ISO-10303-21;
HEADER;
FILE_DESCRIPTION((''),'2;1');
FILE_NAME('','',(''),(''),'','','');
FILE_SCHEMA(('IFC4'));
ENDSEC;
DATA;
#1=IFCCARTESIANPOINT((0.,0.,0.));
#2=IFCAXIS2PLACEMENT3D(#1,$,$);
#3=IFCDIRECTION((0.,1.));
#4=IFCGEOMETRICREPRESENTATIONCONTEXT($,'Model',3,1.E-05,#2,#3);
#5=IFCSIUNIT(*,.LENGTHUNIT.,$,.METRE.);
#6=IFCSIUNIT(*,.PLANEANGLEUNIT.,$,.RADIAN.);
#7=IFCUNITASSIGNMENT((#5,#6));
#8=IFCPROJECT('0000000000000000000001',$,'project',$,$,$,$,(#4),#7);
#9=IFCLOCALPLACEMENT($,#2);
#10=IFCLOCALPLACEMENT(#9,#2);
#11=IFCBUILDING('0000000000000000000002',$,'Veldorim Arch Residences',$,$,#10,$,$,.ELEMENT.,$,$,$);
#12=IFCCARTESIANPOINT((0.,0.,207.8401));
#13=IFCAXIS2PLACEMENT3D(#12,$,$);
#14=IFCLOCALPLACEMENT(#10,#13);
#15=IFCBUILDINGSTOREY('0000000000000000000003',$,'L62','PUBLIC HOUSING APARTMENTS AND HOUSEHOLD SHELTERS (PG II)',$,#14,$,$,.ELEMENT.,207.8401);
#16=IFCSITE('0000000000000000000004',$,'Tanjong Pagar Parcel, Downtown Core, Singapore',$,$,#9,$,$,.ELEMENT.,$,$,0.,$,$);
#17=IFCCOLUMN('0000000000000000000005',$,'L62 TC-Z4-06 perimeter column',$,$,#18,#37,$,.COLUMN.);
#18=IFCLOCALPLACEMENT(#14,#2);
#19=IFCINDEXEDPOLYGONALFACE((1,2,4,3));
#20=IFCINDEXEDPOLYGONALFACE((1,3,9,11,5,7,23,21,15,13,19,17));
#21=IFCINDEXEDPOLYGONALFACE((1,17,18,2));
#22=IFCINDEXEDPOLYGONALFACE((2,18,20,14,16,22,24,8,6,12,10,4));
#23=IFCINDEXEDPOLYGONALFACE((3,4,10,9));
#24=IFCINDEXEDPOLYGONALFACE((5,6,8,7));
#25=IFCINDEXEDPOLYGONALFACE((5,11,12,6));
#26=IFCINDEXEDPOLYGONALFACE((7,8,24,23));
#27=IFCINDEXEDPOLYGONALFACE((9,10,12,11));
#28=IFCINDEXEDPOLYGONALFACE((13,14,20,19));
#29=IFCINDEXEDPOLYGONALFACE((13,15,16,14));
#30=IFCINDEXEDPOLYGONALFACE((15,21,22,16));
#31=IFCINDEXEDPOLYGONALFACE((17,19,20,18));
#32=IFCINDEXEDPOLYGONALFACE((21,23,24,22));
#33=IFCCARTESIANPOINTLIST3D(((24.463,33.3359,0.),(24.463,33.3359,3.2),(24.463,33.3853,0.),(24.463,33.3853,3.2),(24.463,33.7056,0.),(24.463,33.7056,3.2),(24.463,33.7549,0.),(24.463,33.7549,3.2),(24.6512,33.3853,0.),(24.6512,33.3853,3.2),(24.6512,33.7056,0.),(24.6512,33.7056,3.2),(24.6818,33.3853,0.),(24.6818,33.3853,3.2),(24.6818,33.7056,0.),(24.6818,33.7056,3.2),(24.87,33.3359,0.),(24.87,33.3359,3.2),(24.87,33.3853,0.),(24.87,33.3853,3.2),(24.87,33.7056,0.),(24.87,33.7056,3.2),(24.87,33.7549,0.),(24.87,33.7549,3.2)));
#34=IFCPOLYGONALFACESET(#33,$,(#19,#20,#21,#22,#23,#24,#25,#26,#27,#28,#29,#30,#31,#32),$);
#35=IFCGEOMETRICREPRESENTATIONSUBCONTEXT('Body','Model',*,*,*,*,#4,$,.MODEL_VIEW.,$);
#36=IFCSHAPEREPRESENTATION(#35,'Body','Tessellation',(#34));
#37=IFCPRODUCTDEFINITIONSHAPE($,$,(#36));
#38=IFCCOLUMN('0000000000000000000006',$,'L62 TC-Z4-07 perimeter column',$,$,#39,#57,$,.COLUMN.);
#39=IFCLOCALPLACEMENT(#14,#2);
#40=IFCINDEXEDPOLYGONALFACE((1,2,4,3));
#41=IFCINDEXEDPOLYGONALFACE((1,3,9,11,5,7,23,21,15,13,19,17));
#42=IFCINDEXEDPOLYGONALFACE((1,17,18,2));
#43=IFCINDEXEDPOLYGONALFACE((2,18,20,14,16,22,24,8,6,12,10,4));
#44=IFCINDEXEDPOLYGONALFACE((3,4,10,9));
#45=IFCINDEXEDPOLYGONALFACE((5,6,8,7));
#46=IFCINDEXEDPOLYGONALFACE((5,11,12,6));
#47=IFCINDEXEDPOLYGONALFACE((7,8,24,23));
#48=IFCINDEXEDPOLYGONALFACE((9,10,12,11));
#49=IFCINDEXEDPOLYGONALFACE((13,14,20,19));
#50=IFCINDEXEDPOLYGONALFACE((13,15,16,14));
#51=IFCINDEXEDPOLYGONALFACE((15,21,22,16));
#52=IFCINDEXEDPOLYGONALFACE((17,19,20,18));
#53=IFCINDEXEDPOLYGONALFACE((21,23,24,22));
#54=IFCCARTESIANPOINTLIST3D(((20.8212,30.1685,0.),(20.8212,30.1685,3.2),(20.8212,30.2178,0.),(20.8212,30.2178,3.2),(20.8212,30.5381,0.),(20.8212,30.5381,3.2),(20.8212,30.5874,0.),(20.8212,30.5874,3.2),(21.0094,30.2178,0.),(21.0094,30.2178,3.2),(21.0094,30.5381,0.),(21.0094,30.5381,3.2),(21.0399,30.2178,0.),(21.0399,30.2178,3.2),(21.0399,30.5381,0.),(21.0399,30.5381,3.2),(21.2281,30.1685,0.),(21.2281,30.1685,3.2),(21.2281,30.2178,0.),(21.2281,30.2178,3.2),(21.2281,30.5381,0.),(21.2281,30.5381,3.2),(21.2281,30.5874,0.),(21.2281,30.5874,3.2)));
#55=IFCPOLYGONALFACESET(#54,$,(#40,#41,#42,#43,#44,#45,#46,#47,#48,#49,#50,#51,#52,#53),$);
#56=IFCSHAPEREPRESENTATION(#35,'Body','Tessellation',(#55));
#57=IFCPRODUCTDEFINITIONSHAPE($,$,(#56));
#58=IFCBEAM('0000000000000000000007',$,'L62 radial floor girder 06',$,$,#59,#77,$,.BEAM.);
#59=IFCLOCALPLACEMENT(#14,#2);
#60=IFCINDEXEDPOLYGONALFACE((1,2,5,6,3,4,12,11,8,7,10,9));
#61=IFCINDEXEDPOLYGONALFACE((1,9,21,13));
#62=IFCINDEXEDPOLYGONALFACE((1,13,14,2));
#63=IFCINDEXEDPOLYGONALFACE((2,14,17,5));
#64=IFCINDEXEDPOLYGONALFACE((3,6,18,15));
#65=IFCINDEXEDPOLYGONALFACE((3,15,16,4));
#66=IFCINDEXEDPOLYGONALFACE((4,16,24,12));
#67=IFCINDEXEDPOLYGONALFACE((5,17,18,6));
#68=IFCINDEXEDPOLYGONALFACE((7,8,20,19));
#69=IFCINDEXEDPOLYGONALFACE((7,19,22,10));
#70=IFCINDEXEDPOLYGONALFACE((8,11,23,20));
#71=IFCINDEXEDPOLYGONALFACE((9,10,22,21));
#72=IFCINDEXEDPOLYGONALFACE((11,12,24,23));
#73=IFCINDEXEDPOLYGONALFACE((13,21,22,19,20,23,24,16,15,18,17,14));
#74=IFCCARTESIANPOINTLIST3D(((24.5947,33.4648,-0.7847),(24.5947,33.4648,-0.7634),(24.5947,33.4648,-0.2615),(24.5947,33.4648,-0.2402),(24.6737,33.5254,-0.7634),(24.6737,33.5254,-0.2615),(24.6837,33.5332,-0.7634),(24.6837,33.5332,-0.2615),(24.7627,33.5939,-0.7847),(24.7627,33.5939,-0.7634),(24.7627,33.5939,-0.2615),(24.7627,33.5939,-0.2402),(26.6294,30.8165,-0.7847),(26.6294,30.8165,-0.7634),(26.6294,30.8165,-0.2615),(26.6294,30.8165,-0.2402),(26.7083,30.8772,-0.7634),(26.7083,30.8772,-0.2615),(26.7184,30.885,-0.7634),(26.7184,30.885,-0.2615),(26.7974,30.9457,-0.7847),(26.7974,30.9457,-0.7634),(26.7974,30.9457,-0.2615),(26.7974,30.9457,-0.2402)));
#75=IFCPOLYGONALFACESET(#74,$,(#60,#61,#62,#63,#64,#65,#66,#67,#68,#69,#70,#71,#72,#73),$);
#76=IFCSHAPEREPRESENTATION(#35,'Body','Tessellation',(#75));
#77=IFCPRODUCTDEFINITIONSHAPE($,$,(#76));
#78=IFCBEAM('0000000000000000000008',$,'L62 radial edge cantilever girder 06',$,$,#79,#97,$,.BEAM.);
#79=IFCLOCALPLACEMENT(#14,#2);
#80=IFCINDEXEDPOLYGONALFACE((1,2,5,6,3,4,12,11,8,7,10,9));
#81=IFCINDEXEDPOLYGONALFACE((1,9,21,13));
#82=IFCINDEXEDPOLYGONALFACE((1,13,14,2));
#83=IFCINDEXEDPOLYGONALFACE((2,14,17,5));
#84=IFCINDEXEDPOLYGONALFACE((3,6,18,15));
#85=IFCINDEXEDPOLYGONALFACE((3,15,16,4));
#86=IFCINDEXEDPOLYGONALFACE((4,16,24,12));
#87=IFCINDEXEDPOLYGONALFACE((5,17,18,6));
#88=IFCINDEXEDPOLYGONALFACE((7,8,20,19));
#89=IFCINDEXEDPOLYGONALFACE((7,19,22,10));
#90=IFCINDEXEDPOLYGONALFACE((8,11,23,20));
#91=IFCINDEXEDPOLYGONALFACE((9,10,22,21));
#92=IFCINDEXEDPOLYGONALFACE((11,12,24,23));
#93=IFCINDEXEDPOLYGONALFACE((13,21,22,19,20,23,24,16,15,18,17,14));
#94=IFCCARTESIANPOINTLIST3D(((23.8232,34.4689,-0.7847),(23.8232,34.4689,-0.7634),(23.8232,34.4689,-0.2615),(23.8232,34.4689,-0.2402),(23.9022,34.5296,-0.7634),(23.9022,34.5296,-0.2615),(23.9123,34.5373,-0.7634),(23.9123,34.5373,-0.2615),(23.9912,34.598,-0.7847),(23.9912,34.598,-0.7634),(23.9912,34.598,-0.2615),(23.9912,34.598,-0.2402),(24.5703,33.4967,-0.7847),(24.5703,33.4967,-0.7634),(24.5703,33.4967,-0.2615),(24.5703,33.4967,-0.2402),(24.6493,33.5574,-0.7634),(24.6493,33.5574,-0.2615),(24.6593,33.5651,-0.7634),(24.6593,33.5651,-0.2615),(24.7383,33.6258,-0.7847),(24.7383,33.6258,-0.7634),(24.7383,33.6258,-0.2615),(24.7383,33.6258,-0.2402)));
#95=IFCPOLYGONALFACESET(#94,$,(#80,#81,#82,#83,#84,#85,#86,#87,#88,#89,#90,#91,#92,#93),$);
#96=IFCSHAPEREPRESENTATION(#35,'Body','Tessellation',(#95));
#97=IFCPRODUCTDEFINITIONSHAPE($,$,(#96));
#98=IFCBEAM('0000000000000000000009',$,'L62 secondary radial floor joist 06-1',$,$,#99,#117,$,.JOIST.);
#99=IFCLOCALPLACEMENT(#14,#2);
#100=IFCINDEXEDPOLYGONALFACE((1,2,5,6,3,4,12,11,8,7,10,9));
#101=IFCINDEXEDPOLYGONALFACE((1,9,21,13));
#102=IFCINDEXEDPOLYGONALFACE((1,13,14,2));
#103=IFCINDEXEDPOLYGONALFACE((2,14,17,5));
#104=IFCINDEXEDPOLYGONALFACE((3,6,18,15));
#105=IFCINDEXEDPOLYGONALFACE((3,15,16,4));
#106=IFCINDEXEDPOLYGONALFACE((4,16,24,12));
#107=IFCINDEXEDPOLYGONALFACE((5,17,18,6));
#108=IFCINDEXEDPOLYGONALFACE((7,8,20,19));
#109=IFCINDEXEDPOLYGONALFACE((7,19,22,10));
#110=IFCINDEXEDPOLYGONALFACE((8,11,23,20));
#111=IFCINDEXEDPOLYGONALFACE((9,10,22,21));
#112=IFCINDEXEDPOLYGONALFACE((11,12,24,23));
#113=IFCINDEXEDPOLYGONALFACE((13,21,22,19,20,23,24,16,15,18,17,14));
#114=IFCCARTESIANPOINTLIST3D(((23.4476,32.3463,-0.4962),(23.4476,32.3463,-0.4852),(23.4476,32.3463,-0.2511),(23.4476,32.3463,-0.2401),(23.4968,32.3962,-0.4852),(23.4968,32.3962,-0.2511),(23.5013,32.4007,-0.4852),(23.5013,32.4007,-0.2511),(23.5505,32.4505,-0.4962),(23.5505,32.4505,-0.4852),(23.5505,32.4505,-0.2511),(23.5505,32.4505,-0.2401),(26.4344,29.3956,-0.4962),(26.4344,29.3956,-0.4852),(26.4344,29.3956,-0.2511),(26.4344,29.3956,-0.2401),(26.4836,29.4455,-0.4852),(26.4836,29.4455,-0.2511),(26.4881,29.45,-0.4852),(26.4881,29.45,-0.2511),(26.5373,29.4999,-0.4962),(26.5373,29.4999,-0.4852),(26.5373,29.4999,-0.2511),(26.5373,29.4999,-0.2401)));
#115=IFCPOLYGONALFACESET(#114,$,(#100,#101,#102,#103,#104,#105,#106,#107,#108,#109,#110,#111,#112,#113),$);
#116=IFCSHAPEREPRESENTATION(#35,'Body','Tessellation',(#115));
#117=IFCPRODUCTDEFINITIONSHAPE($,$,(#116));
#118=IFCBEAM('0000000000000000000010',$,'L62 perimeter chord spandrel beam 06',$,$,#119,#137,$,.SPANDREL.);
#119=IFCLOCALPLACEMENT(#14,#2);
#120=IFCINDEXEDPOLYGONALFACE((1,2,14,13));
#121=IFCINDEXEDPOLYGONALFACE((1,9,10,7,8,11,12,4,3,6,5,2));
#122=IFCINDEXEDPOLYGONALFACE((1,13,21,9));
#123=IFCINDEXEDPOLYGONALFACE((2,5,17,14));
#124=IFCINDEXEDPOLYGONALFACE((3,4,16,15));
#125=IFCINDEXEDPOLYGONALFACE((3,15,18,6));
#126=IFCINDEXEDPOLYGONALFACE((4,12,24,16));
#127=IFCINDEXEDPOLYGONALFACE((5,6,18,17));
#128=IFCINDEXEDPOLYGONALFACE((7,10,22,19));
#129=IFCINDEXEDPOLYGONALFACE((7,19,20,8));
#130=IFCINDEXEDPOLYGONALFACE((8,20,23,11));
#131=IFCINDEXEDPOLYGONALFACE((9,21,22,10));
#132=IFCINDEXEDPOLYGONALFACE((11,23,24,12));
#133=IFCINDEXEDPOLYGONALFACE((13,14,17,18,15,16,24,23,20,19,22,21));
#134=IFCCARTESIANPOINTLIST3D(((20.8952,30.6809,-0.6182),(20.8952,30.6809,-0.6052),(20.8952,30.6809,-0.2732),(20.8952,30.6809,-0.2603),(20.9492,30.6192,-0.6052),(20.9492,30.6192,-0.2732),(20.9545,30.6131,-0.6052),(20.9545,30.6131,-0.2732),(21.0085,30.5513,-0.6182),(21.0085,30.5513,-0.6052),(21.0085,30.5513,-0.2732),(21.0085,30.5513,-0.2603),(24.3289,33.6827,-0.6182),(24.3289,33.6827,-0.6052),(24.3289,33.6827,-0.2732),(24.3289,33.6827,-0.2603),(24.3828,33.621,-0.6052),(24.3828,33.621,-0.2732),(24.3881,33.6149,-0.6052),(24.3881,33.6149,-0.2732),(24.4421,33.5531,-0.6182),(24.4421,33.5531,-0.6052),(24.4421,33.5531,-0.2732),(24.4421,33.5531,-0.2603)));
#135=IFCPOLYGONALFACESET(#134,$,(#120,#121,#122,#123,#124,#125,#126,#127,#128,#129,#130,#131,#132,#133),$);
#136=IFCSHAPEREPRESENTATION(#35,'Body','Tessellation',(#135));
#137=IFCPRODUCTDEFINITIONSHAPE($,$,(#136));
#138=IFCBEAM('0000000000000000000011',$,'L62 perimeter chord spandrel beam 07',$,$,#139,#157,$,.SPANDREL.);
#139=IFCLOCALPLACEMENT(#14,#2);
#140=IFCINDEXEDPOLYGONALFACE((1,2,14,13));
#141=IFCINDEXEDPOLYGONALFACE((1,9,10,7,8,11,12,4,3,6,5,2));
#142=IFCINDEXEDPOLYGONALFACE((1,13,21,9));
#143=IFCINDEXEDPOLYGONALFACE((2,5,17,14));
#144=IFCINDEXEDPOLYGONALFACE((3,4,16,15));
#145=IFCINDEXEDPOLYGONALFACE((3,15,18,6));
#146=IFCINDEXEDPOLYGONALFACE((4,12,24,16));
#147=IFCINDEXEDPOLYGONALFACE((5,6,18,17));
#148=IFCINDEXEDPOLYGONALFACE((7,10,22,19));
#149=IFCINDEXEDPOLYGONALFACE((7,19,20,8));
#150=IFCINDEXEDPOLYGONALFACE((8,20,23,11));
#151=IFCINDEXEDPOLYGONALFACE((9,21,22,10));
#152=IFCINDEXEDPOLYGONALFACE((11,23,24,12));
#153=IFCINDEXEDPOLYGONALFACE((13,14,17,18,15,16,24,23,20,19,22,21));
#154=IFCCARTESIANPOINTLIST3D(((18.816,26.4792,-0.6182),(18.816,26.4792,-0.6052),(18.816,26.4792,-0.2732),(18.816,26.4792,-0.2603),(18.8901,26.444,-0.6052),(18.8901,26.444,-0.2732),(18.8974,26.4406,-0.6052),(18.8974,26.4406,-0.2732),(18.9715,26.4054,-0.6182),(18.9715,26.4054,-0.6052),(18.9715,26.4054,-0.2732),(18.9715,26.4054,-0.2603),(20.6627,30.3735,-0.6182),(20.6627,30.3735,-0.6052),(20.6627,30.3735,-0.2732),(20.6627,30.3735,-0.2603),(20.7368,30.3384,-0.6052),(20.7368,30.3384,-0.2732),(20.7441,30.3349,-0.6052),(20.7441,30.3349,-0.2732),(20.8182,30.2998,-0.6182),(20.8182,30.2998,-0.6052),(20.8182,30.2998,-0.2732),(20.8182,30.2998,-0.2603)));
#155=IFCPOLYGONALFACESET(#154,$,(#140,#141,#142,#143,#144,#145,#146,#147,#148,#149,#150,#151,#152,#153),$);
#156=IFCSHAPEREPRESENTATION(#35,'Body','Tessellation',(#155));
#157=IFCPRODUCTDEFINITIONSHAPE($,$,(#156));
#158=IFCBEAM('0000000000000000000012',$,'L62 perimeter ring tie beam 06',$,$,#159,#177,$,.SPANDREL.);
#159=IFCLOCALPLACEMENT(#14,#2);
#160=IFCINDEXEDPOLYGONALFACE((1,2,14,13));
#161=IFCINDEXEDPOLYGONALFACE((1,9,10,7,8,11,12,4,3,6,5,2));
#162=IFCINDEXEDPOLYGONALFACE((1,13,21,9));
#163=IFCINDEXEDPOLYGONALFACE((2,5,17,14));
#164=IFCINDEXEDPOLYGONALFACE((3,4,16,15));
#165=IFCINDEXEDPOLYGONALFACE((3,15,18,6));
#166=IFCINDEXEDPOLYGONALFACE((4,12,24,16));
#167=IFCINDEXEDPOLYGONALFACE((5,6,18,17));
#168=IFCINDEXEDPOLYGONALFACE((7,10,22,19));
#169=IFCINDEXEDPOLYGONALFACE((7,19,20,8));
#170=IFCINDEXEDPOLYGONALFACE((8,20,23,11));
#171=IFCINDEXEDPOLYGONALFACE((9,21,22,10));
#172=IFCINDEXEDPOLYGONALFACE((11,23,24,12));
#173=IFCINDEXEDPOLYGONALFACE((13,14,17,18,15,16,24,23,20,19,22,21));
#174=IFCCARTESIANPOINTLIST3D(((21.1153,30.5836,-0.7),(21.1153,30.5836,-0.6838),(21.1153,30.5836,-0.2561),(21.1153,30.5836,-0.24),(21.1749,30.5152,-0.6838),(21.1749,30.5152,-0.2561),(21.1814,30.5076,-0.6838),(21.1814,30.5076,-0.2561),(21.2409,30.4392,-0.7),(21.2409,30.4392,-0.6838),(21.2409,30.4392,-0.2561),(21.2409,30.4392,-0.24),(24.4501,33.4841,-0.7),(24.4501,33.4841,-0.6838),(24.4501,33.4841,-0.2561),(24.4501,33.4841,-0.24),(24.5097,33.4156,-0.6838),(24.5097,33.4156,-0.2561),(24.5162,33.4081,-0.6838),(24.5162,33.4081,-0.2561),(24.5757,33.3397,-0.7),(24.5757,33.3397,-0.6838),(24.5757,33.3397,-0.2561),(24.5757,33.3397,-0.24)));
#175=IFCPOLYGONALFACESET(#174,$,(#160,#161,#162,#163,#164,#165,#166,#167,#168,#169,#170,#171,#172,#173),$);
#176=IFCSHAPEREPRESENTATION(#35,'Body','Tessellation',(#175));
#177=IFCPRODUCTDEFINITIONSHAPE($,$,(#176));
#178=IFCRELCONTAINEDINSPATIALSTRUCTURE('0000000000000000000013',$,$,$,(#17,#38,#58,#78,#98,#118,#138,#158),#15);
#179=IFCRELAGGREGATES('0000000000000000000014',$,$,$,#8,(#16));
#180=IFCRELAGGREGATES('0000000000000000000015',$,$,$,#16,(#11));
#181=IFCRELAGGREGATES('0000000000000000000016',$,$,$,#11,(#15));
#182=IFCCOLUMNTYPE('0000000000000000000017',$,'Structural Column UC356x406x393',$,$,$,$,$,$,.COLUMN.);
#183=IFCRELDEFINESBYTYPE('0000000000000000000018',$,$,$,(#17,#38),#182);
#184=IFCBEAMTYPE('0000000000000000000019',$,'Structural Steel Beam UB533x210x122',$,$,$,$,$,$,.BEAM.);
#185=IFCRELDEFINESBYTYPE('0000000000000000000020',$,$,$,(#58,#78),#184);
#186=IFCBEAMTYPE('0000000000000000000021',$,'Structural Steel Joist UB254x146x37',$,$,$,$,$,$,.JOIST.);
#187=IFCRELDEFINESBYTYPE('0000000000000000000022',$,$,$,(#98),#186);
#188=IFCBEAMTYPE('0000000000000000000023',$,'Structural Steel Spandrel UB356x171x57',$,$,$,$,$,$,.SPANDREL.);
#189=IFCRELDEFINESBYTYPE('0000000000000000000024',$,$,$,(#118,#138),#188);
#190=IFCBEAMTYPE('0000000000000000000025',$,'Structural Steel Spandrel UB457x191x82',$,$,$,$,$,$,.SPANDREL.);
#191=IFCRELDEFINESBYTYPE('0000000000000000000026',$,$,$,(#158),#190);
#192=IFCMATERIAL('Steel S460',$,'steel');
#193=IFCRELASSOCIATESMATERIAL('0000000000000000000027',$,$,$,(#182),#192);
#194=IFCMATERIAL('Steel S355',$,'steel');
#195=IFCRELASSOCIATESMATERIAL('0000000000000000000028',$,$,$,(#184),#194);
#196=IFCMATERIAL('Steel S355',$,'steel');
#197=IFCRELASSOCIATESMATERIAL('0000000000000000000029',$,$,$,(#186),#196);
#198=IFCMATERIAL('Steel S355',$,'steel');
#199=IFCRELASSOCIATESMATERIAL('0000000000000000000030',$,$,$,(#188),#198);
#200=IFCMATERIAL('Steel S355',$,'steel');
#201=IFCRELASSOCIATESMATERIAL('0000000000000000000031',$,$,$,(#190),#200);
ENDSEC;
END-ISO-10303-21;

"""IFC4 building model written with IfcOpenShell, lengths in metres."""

from ifc_helpers import new_model, si_unit, direction, frame, origin, origin_2d, place, context, subcontext, project, spatial, i_section, extrude, material, material_profile, profile_set, type_object, element, save


model = new_model("IFC4")

# Units and contexts
model_context = context("Model", 3, precision=1e-05, world=origin(), true_north=direction((0.0, 1.0)))
body_context = subcontext(model_context, "Body", "Model", "MODEL_VIEW")
ifc_project = project(units=[si_unit("LENGTHUNIT", "METRE"), si_unit("PLANEANGLEUNIT", "RADIAN")], contexts=[model_context])

# Site, building, storey
site_placement = place(None, origin())
site = spatial("IfcSite", under=ifc_project, at=site_placement, Name="Tanjong Pagar Parcel, Downtown Core, Singapore", CompositionType="ELEMENT", RefElevation=0.0)
building_placement = place(site_placement, origin())
building = spatial("IfcBuilding", under=site, at=building_placement, Name="Veldorim Arch Residences", CompositionType="ELEMENT")
storey_placement = place(building_placement, frame((0.0, 0.0, 207.8401)))
storey = spatial("IfcBuildingStorey", under=building, at=storey_placement, Name="L62", Description="PUBLIC HOUSING APARTMENTS AND HOUSEHOLD SHELTERS (PG II)", CompositionType="ELEMENT", Elevation=207.8401)

# Columns
ifc_material_1 = material(Name="Steel S460", Category="steel")
ifc_material_profile_1 = material_profile(ifc_material_1, i_section(OverallWidth=0.407, OverallDepth=0.4189, WebThickness=0.0305, FlangeThickness=0.0493, at=origin_2d()), Name="UC356x406x393")
ifc_profile_set_1 = profile_set([ifc_material_profile_1], Name="Steel S460")
column_type = type_object("IfcColumnType", Name="Structural Column UC356x406x393", PredefinedType="COLUMN", material=ifc_profile_set_1)
for number, where, z_axis, x_axis, name in (
    (1, (24.6665, 33.5454, 0.0), (0.0, 0.0, 1.0), (1.0, 0.0, 0.0), "L62 TC-Z4-06 perimeter column"),
    (2, (21.0247, 30.3779, 0.0), (0.0, 0.0, 1.0), (1.0, 0.0, 0.0), "L62 TC-Z4-07 perimeter column"),
):
    element("IfcColumn", number, at=place(storey_placement, frame(where, z_axis=z_axis, x_axis=x_axis)), inside=storey, type_object=column_type, Name=name, PredefinedType="COLUMN", context=body_context, shape_type="SweptSolid", body=[
        extrude(i_section(OverallWidth=0.407, OverallDepth=0.4189, WebThickness=0.0305, FlangeThickness=0.0493, at=origin_2d()), origin(), (0.0, 0.0, 1.0), 3.2),
    ])

# Beams
ifc_material_2 = material(Name="Steel S355", Category="steel")
ifc_material_profile_2 = material_profile(ifc_material_2, i_section(OverallWidth=0.2119, OverallDepth=0.5444, WebThickness=0.0127, FlangeThickness=0.0212, at=origin_2d()), Name="UB533x210x122")
ifc_profile_set_2 = profile_set([ifc_material_profile_2], Name="Steel S355")
beam_type_1 = type_object("IfcBeamType", Name="Structural Steel Beam UB533x210x122", PredefinedType="BEAM", material=ifc_profile_set_2)
beam_1_placement = place(storey_placement, frame((26.7134, 30.8811, -0.5125), z_axis=(-0.609258, 0.792972, 0.0), x_axis=(-0.792972, -0.609258, 0.0)))
element("IfcBeam", 3, at=beam_1_placement, inside=storey, type_object=beam_type_1, Name="L62 radial floor girder 06", PredefinedType="BEAM", context=body_context, shape_type="SweptSolid", body=[
    extrude(i_section(OverallWidth=0.2119, OverallDepth=0.5444, WebThickness=0.0127, FlangeThickness=0.0212, at=origin_2d()), origin(), (0.0, 0.0, 1.0), 3.3396),
])
beam_2_placement = place(storey_placement, frame((24.6543, 33.5613, -0.5125), z_axis=(-0.609326, 0.79292, 0.0), x_axis=(-0.79292, -0.609326, 0.0)))
element("IfcBeam", 4, at=beam_2_placement, inside=storey, type_object=beam_type_1, Name="L62 radial edge cantilever girder 06", PredefinedType="BEAM", context=body_context, shape_type="SweptSolid", body=[
    extrude(i_section(OverallWidth=0.2119, OverallDepth=0.5444, WebThickness=0.0127, FlangeThickness=0.0212, at=origin_2d()), origin(), (0.0, 0.0, 1.0), 1.2261),
])
ifc_material_3 = material(Name="Steel S355", Category="steel")
ifc_material_profile_3 = material_profile(ifc_material_3, i_section(OverallWidth=0.1465, OverallDepth=0.2561, WebThickness=0.0063, FlangeThickness=0.011, at=origin_2d()), Name="UB254x146x37")
ifc_profile_set_3 = profile_set([ifc_material_profile_3], Name="Steel S355")
beam_type_2 = type_object("IfcBeamType", Name="Structural Steel Joist UB254x146x37", PredefinedType="JOIST", material=ifc_profile_set_3)
beam_3_placement = place(storey_placement, frame((26.4858, 29.4478, -0.3682), z_axis=(-0.711397, 0.702791, 0.0), x_axis=(-0.702791, -0.711397, 0.0)))
element("IfcBeam", 5, at=beam_3_placement, inside=storey, type_object=beam_type_2, Name="L62 secondary radial floor joist 06-1", PredefinedType="JOIST", context=body_context, shape_type="SweptSolid", body=[
    extrude(i_section(OverallWidth=0.1465, OverallDepth=0.2561, WebThickness=0.0063, FlangeThickness=0.011, at=origin_2d()), origin(), (0.0, 0.0, 1.0), 4.1985),
])
ifc_material_4 = material(Name="Steel S355", Category="steel")
ifc_material_profile_4 = material_profile(ifc_material_4, i_section(OverallWidth=0.1721, OverallDepth=0.3579, WebThickness=0.0081, FlangeThickness=0.0129, at=origin_2d()), Name="UB356x171x57")
ifc_profile_set_4 = profile_set([ifc_material_profile_4], Name="Steel S355")
beam_type_3 = type_object("IfcBeamType", Name="Structural Steel Spandrel UB356x171x57", PredefinedType="SPANDREL", material=ifc_profile_set_4)
beam_4_placement = place(storey_placement, frame((24.3855, 33.6179, -0.4392), z_axis=(-0.752868, -0.658171, 0.0), x_axis=(0.658171, -0.752868, 0.0)))
element("IfcBeam", 6, at=beam_4_placement, inside=storey, type_object=beam_type_3, Name="L62 perimeter chord spandrel beam 06", PredefinedType="SPANDREL", context=body_context, shape_type="SweptSolid", body=[
    extrude(i_section(OverallWidth=0.1721, OverallDepth=0.3579, WebThickness=0.0081, FlangeThickness=0.0129, at=origin_2d()), origin(), (0.0, 0.0, 1.0), 4.5608),
])
beam_5_placement = place(storey_placement, frame((20.7405, 30.3367, -0.4392), z_axis=(-0.428469, -0.903557, 0.0), x_axis=(0.903557, -0.428469, 0.0)))
element("IfcBeam", 7, at=beam_5_placement, inside=storey, type_object=beam_type_3, Name="L62 perimeter chord spandrel beam 07", PredefinedType="SPANDREL", context=body_context, shape_type="SweptSolid", body=[
    extrude(i_section(OverallWidth=0.1721, OverallDepth=0.3579, WebThickness=0.0081, FlangeThickness=0.0129, at=origin_2d()), origin(), (0.0, 0.0, 1.0), 4.3101),
])
ifc_material_5 = material(Name="Steel S355", Category="steel")
ifc_material_profile_5 = material_profile(ifc_material_5, i_section(OverallWidth=0.1914, OverallDepth=0.46, WebThickness=0.01, FlangeThickness=0.0161, at=origin_2d()), Name="UB457x191x82")
ifc_profile_set_5 = profile_set([ifc_material_profile_5], Name="Steel S355")
beam_type_4 = type_object("IfcBeamType", Name="Structural Steel Spandrel UB457x191x82", PredefinedType="SPANDREL", material=ifc_profile_set_5)
beam_6_placement = place(storey_placement, frame((24.5129, 33.4119, -0.47), z_axis=(-0.754534, -0.656261, 0.0), x_axis=(0.656261, -0.754534, 0.0)))
element("IfcBeam", 8, at=beam_6_placement, inside=storey, type_object=beam_type_4, Name="L62 perimeter ring tie beam 06", PredefinedType="SPANDREL", context=body_context, shape_type="SweptSolid", body=[
    extrude(i_section(OverallWidth=0.1914, OverallDepth=0.46, WebThickness=0.01, FlangeThickness=0.0161, at=origin_2d()), origin(), (0.0, 0.0, 1.0), 4.4197),
])

save(model, "model.ifc")
